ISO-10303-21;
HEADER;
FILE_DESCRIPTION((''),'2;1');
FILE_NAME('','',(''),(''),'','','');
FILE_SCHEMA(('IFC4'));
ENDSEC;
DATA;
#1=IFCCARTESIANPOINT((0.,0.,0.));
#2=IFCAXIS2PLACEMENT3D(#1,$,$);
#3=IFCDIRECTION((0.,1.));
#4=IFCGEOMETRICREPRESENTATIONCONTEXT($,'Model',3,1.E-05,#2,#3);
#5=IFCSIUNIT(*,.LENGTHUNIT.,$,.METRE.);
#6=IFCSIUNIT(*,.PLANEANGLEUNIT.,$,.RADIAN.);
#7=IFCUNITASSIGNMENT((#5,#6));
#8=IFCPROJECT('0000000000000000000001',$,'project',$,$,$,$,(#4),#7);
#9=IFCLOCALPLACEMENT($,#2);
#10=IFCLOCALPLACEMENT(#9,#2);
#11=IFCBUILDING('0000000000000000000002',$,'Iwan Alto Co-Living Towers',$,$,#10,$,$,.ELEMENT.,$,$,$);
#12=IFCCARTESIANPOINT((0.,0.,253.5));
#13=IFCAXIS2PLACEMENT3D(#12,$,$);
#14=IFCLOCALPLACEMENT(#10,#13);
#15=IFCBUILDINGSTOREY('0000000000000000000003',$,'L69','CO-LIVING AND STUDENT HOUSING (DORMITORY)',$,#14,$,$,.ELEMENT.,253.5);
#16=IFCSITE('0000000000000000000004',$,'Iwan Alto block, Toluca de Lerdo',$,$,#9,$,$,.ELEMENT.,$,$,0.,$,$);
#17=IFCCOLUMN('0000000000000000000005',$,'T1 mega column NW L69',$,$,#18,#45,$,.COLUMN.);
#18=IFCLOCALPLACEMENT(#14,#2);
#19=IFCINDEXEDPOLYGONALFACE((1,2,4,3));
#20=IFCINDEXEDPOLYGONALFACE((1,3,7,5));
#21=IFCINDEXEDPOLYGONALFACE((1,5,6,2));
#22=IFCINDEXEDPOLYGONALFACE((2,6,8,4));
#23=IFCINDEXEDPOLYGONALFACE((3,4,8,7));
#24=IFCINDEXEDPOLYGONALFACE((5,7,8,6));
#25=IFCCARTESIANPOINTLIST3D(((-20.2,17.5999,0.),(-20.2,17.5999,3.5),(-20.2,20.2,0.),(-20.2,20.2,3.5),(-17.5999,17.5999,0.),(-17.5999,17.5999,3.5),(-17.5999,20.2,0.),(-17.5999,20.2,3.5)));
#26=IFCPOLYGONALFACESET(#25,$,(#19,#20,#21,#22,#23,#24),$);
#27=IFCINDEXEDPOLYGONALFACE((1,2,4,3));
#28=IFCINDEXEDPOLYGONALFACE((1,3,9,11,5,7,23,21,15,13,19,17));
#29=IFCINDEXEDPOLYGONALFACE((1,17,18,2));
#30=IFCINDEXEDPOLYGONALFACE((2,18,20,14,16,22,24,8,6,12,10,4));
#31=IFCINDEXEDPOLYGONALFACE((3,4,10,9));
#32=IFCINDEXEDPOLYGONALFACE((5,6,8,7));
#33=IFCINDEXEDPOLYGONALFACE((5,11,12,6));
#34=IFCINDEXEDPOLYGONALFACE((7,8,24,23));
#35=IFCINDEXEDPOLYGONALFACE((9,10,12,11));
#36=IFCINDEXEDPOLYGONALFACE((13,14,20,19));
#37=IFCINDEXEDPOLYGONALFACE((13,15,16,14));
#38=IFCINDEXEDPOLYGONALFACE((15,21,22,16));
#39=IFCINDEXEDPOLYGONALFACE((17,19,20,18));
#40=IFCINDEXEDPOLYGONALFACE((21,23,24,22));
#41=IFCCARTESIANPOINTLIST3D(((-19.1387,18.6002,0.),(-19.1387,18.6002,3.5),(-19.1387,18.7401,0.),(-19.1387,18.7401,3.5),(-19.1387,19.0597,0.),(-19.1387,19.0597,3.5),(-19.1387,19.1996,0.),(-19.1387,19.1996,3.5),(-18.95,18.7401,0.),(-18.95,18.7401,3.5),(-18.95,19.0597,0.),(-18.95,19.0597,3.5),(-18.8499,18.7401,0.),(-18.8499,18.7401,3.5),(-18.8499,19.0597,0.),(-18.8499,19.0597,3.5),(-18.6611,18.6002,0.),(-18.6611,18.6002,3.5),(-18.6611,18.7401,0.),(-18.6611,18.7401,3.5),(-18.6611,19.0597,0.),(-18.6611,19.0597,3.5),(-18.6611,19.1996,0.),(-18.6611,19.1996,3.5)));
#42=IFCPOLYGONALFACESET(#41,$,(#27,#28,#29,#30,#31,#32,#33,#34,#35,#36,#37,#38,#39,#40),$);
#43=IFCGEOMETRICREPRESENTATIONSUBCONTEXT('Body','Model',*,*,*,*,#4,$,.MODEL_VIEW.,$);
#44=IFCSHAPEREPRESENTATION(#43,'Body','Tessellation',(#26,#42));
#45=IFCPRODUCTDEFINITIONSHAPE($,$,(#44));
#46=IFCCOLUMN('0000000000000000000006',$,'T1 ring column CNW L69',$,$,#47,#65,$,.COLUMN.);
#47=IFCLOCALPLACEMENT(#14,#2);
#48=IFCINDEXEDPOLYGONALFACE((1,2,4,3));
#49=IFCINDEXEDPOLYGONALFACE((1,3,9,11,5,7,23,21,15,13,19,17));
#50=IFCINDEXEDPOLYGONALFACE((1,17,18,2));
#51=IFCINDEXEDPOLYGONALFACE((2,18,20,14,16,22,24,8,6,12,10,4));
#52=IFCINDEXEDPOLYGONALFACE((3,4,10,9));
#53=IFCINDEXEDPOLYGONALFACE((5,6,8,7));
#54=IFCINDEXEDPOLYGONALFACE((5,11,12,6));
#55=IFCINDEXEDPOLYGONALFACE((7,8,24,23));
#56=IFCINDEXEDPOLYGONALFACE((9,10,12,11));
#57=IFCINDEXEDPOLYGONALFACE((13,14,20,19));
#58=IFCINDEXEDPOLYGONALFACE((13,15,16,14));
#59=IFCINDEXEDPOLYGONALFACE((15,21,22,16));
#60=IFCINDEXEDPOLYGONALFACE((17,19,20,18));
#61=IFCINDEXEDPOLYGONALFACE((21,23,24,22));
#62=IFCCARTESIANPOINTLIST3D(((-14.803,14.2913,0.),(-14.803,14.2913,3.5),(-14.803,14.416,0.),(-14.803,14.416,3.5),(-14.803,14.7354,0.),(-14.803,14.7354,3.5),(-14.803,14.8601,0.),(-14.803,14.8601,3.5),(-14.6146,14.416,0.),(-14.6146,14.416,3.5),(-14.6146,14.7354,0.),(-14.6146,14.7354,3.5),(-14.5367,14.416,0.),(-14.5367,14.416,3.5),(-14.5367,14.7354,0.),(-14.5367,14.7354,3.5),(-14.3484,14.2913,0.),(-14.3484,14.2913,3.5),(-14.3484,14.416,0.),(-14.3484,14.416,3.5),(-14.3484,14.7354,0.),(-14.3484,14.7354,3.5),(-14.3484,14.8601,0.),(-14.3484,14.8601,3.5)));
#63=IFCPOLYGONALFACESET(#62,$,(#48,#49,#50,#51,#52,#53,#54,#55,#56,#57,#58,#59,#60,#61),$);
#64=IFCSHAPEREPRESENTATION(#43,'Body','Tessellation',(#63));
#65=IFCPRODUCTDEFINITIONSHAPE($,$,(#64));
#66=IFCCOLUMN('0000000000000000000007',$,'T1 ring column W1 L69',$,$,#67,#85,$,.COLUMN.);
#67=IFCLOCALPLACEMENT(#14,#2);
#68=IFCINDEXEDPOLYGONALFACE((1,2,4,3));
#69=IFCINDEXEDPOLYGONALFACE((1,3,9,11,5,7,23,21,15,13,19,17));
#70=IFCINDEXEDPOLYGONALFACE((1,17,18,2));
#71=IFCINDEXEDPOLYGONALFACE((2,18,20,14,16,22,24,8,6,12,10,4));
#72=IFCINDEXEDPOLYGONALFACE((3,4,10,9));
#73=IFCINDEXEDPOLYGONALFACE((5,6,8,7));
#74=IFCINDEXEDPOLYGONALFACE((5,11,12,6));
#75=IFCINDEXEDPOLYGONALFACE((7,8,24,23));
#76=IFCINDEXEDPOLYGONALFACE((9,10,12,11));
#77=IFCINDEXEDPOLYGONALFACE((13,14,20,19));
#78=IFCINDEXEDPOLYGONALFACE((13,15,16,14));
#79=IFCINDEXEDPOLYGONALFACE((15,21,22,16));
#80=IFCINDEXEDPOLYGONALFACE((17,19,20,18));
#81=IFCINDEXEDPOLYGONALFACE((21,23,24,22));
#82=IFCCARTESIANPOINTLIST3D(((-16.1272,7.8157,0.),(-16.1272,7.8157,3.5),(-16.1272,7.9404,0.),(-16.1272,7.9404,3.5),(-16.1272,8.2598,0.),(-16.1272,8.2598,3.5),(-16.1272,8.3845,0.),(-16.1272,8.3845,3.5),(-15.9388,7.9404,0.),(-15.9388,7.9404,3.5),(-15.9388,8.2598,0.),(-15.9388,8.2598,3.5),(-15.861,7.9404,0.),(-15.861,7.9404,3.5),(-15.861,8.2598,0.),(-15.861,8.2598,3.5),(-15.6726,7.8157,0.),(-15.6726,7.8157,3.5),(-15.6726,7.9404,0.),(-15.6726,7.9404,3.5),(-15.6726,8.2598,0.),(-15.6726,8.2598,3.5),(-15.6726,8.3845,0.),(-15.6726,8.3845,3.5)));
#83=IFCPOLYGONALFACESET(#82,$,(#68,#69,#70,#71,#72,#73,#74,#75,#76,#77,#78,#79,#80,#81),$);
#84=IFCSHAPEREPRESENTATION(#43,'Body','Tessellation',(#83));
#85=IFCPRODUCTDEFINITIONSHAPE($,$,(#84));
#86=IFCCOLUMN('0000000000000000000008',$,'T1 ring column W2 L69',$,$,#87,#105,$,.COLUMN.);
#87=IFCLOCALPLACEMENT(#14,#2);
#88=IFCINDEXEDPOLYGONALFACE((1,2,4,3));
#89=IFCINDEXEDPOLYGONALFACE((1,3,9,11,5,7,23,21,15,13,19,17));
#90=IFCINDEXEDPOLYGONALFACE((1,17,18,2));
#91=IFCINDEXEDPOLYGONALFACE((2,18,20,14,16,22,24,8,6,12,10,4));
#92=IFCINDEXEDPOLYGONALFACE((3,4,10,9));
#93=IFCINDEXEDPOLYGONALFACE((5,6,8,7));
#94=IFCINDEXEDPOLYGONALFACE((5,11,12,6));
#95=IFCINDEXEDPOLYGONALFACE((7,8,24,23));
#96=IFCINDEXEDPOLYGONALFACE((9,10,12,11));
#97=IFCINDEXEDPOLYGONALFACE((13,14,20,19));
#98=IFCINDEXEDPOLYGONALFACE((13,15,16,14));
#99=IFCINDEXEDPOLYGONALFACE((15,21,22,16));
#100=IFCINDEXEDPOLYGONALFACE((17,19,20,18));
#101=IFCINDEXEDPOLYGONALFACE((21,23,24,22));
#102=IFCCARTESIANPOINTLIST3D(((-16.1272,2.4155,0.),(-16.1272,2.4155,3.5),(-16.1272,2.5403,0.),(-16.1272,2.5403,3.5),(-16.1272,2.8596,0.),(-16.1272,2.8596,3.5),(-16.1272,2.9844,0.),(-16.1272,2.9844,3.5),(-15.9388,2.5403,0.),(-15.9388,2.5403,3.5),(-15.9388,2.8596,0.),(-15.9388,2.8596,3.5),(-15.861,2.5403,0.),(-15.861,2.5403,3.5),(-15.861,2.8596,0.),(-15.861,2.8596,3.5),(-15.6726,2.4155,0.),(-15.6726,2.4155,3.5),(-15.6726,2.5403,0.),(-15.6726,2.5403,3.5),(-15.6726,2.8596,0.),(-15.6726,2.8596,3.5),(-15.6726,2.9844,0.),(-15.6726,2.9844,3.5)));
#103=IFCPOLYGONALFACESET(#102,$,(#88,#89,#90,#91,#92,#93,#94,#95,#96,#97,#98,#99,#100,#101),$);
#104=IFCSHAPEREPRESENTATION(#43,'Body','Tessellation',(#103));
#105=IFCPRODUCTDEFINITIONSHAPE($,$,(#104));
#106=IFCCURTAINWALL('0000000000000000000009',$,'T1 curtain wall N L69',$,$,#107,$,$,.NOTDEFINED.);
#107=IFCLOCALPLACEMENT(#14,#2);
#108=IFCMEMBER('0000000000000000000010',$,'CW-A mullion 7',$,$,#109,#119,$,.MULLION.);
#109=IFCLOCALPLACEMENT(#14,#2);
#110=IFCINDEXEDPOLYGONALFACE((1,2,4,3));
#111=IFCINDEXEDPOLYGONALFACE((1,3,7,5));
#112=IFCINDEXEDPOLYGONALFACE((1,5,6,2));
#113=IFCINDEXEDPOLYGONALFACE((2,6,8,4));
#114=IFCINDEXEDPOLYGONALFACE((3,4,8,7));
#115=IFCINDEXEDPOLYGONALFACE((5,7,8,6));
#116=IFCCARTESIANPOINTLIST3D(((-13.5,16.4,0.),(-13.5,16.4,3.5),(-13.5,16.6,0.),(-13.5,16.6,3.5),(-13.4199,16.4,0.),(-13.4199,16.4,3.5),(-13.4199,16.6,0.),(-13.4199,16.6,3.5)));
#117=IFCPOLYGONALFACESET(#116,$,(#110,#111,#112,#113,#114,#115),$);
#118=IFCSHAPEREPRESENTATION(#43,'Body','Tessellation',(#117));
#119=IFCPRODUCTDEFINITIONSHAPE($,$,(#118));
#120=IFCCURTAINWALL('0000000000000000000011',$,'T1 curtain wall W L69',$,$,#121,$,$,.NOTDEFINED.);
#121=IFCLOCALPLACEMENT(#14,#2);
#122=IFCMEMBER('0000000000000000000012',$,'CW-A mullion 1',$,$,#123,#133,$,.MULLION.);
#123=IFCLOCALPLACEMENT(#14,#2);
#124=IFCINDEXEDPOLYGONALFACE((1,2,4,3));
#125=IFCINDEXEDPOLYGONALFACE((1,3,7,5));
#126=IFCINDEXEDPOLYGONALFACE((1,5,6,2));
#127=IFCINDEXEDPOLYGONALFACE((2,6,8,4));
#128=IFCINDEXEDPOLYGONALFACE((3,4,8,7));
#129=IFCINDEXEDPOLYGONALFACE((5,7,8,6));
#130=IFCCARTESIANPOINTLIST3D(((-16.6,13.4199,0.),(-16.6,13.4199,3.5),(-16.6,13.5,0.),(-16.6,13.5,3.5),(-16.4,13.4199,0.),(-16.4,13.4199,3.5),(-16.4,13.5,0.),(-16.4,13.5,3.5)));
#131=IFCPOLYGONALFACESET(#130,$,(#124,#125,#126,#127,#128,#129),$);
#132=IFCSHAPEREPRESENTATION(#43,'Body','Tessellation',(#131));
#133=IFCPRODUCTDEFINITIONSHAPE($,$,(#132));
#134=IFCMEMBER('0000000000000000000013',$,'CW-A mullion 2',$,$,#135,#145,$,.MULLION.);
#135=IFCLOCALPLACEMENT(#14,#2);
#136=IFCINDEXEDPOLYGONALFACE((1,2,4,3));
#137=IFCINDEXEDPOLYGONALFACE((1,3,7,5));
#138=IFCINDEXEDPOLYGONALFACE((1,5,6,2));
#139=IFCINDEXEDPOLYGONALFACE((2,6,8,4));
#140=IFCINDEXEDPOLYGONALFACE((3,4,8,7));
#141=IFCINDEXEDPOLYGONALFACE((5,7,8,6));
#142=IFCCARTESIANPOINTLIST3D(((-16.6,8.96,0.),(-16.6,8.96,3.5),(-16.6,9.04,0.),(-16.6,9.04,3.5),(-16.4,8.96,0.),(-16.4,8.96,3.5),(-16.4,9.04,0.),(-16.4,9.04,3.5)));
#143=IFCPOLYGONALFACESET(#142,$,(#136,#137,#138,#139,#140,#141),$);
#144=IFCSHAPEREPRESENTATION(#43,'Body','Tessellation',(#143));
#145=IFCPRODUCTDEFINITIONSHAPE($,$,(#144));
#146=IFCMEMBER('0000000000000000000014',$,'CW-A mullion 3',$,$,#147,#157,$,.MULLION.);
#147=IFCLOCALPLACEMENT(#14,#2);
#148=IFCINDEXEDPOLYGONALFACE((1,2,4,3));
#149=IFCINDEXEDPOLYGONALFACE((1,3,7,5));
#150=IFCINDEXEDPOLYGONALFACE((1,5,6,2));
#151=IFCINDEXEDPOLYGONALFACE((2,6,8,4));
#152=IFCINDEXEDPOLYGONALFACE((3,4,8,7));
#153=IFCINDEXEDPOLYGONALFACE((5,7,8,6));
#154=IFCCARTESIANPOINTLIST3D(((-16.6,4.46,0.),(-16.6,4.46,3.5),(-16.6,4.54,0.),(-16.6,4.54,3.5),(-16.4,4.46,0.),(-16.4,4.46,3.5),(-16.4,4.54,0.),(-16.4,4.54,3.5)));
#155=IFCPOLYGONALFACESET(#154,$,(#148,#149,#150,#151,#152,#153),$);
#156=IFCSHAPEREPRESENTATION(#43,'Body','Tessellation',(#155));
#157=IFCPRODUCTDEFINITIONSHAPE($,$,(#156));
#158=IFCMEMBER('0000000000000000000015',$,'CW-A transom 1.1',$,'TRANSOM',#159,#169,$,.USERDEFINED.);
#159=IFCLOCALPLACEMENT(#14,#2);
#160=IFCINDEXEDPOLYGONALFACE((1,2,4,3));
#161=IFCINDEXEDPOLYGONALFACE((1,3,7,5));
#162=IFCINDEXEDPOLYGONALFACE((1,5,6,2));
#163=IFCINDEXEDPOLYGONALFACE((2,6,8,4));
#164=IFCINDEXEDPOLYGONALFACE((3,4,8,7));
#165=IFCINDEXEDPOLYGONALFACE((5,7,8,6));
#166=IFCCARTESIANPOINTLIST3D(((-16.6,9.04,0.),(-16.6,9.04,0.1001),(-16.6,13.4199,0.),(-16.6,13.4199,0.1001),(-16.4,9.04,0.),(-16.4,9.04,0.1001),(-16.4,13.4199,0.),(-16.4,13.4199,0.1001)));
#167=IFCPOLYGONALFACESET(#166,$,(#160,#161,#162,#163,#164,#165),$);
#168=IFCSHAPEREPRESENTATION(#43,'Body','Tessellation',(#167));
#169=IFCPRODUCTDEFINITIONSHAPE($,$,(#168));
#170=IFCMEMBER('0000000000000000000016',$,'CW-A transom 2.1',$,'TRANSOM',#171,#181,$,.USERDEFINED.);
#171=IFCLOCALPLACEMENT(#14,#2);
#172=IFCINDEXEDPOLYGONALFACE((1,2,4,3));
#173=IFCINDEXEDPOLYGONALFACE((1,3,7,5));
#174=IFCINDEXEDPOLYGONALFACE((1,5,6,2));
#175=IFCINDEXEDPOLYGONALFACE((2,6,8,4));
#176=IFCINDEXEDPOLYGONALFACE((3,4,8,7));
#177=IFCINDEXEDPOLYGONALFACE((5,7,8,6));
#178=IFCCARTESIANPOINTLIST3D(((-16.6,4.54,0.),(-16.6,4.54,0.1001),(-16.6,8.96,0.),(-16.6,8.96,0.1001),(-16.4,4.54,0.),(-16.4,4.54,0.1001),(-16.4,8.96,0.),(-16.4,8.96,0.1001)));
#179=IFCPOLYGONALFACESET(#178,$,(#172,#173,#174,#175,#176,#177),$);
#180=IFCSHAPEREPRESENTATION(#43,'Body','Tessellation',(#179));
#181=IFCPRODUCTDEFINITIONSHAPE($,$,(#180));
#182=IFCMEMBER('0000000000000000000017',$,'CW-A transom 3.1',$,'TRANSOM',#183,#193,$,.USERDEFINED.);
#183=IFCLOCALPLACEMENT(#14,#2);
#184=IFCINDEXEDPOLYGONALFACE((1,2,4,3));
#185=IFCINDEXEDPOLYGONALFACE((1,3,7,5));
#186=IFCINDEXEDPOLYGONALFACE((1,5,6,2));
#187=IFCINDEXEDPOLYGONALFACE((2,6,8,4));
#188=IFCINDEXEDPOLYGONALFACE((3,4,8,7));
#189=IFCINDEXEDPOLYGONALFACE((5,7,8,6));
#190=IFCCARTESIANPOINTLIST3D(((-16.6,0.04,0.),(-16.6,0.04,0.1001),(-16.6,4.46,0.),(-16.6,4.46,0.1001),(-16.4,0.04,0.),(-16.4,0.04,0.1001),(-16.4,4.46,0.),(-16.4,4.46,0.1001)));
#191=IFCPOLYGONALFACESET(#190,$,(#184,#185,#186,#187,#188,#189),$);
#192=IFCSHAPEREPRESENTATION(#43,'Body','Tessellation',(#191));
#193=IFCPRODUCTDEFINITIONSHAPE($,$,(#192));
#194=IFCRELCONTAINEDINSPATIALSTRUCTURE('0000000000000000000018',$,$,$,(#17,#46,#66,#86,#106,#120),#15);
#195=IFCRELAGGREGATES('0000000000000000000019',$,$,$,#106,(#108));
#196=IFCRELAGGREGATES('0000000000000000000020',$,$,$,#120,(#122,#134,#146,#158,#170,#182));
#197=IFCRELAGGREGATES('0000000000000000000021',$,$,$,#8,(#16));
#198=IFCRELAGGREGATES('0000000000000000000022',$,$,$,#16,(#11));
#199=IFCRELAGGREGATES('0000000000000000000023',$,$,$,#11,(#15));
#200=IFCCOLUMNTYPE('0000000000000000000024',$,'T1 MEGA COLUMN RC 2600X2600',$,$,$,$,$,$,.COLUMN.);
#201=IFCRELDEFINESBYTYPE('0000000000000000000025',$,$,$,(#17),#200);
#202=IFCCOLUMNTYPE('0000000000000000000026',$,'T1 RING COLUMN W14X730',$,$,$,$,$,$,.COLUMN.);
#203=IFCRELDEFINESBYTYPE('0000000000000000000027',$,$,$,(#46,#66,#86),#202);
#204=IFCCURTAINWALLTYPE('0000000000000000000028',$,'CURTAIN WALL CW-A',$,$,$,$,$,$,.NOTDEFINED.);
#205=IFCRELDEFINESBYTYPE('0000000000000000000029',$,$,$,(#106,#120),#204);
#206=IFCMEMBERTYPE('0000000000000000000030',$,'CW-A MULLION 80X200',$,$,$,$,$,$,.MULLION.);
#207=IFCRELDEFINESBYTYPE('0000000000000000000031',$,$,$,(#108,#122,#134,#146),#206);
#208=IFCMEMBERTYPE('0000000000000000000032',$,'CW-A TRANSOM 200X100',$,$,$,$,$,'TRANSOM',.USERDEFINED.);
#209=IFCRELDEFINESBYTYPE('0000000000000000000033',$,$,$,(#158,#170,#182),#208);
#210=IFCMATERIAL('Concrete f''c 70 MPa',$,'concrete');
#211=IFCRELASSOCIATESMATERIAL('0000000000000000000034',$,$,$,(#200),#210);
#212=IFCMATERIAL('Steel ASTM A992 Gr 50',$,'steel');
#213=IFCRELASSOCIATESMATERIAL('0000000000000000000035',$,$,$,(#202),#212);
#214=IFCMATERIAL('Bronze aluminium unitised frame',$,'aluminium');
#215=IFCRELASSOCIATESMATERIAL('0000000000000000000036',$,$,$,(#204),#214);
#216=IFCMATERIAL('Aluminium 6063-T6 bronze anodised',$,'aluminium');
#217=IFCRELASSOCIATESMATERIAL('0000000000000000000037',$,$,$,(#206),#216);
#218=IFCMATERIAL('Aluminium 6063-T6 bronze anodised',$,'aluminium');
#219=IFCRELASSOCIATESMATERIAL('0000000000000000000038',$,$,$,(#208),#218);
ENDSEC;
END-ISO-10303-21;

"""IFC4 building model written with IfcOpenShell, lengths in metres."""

from ifc_helpers import new_model, si_unit, direction, frame, origin, origin_2d, place, context, subcontext, project, spatial, rectangle, i_section, extrude, material, material_profile, profile_set, type_object, element, aggregate, save


model = new_model("IFC4")

# Units and contexts
model_context = context("Model", 3, precision=1e-05, world=origin(), true_north=direction((0.0, 1.0)))
body_context = subcontext(model_context, "Body", "Model", "MODEL_VIEW")
ifc_project = project(units=[si_unit("LENGTHUNIT", "METRE"), si_unit("PLANEANGLEUNIT", "RADIAN")], contexts=[model_context])

# Site, building, storey
site_placement = place(None, origin())
site = spatial("IfcSite", under=ifc_project, at=site_placement, Name="Iwan Alto block, Toluca de Lerdo", CompositionType="ELEMENT", RefElevation=0.0)
building_placement = place(site_placement, origin())
building = spatial("IfcBuilding", under=site, at=building_placement, Name="Iwan Alto Co-Living Towers", CompositionType="ELEMENT")
storey_placement = place(building_placement, frame((0.0, 0.0, 253.5)))
storey = spatial("IfcBuildingStorey", under=building, at=storey_placement, Name="L69", Description="CO-LIVING AND STUDENT HOUSING (DORMITORY)", CompositionType="ELEMENT", Elevation=253.5)

# Columns
ifc_material_1 = material(Name="Concrete f'c 70 MPa", Category="concrete")
ifc_material_profile_1 = material_profile(ifc_material_1, rectangle(XDim=2.6001, YDim=2.6001, at=origin_2d()), Name="RC 2600X2600")
ifc_profile_set_1 = profile_set([ifc_material_profile_1], Name="Concrete f'c 70 MPa")
column_type_1 = type_object("IfcColumnType", Name="T1 MEGA COLUMN RC 2600X2600", PredefinedType="COLUMN", material=ifc_profile_set_1)
column_placement = place(storey_placement, frame((-18.8999, 18.8999, 0.0), z_axis=(0.0, 0.0, 1.0), x_axis=(1.0, 0.0, 0.0)))
element("IfcColumn", 1, at=column_placement, inside=storey, type_object=column_type_1, Name="T1 mega column NW L69", PredefinedType="COLUMN", context=body_context, shape_type="SweptSolid", body=[
    extrude(rectangle(XDim=2.6001, YDim=2.6001, at=origin_2d()), origin(), (0.0, 0.0, 1.0), 3.5),
    extrude(i_section(OverallWidth=0.4775, OverallDepth=0.5994, WebThickness=0.1001, FlangeThickness=0.1399, at=origin_2d()), origin(), (0.0, 0.0, 1.0), 3.5),
])
ifc_material_2 = material(Name="Steel ASTM A992 Gr 50", Category="steel")
ifc_material_profile_2 = material_profile(ifc_material_2, i_section(OverallWidth=0.4546, OverallDepth=0.5688, WebThickness=0.0779, FlangeThickness=0.1248, at=origin_2d()), Name="W14X730")
ifc_profile_set_2 = profile_set([ifc_material_profile_2], Name="Steel ASTM A992 Gr 50")
column_type_2 = type_object("IfcColumnType", Name="T1 RING COLUMN W14X730", PredefinedType="COLUMN", material=ifc_profile_set_2)
for number, where, z_axis, x_axis, name in (
    (2, (-14.5757, 14.5757, 0.0), (0.0, 0.0, 1.0), (1.0, 0.0, 0.0), "T1 ring column CNW L69"),
    (3, (-15.8999, 8.1001, 0.0), (0.0, 0.0, 1.0), (1.0, 0.0, 0.0), "T1 ring column W1 L69"),
    (4, (-15.8999, 2.7, 0.0), (0.0, 0.0, 1.0), (1.0, 0.0, 0.0), "T1 ring column W2 L69"),
):
    element("IfcColumn", number, at=place(storey_placement, frame(where, z_axis=z_axis, x_axis=x_axis)), inside=storey, type_object=column_type_2, Name=name, PredefinedType="COLUMN", context=body_context, shape_type="SweptSolid", body=[
        extrude(i_section(OverallWidth=0.4546, OverallDepth=0.5688, WebThickness=0.0779, FlangeThickness=0.1248, at=origin_2d()), origin(), (0.0, 0.0, 1.0), 3.5),
    ])

# Curtain wall, member
ifc_material_3 = material(Name="Bronze aluminium unitised frame", Category="aluminium")
curtain_wall_type_1 = type_object("IfcCurtainWallType", Name="CURTAIN WALL CW-A", PredefinedType="NOTDEFINED", material=ifc_material_3)
curtain_wall_1_placement = place(storey_placement, origin())
curtain_wall_1 = element("IfcCurtainWall", 5, at=curtain_wall_1_placement, inside=storey, type_object=curtain_wall_type_1, Name="T1 curtain wall N L69", PredefinedType="NOTDEFINED")
ifc_material_4 = material(Name="Aluminium 6063-T6 bronze anodised", Category="aluminium")
ifc_material_profile_3 = material_profile(ifc_material_4, rectangle(XDim=0.2, YDim=0.0801, at=origin_2d()), Name="AL 80X200")
ifc_profile_set_3 = profile_set([ifc_material_profile_3], Name="Aluminium 6063-T6 bronze anodised")
member_type_1 = type_object("IfcMemberType", Name="CW-A MULLION 80X200", PredefinedType="MULLION", material=ifc_profile_set_3)
member_1_placement = place(storey_placement, frame((-13.46, 16.5, 0.0), z_axis=(0.0, 0.0, 1.0), x_axis=(0.0, -1.0, 0.0)))
member_1 = element("IfcMember", 6, at=member_1_placement, type_object=member_type_1, Name="CW-A mullion 7", PredefinedType="MULLION", context=body_context, shape_type="SweptSolid", body=[
    extrude(rectangle(XDim=0.2, YDim=0.0801, at=origin_2d()), origin(), (0.0, 0.0, 1.0), 3.5),
])
aggregate(curtain_wall_1, [member_1])

# Curtain wall, members
curtain_wall_2_placement = place(storey_placement, origin())
curtain_wall_2 = element("IfcCurtainWall", 7, at=curtain_wall_2_placement, inside=storey, type_object=curtain_wall_type_1, Name="T1 curtain wall W L69", PredefinedType="NOTDEFINED")
member_2_placement = place(storey_placement, frame((-16.5, 13.46, 0.0), z_axis=(0.0, 0.0, 1.0), x_axis=(1.0, 0.0, 0.0)))
member_2 = element("IfcMember", 8, at=member_2_placement, type_object=member_type_1, Name="CW-A mullion 1", PredefinedType="MULLION", context=body_context, shape_type="SweptSolid", body=[
    extrude(rectangle(XDim=0.2, YDim=0.0801, at=origin_2d()), origin(), (0.0, 0.0, 1.0), 3.5),
])
member_3_placement = place(storey_placement, frame((-16.5, 9.0, 0.0), z_axis=(0.0, 0.0, 1.0), x_axis=(1.0, 0.0, 0.0)))
member_3 = element("IfcMember", 9, at=member_3_placement, type_object=member_type_1, Name="CW-A mullion 2", PredefinedType="MULLION", context=body_context, shape_type="SweptSolid", body=[
    extrude(rectangle(XDim=0.2, YDim=0.0801, at=origin_2d()), origin(), (0.0, 0.0, 1.0), 3.5),
])
member_4_placement = place(storey_placement, frame((-16.5, 4.5, 0.0), z_axis=(0.0, 0.0, 1.0), x_axis=(1.0, 0.0, 0.0)))
member_4 = element("IfcMember", 10, at=member_4_placement, type_object=member_type_1, Name="CW-A mullion 3", PredefinedType="MULLION", context=body_context, shape_type="SweptSolid", body=[
    extrude(rectangle(XDim=0.2, YDim=0.0801, at=origin_2d()), origin(), (0.0, 0.0, 1.0), 3.5),
])
ifc_material_5 = material(Name="Aluminium 6063-T6 bronze anodised", Category="aluminium")
ifc_material_profile_4 = material_profile(ifc_material_5, rectangle(XDim=0.2, YDim=0.1001, at=origin_2d()), Name="AL 200X100")
ifc_profile_set_4 = profile_set([ifc_material_profile_4], Name="Aluminium 6063-T6 bronze anodised")
member_type_2 = type_object("IfcMemberType", Name="CW-A TRANSOM 200X100", ElementType="TRANSOM", PredefinedType="USERDEFINED", material=ifc_profile_set_4)
member_5_placement = place(storey_placement, frame((-16.5, 13.4199, 0.05), z_axis=(0.0, -1.0, 0.0), x_axis=(1.0, 0.0, 0.0)))
member_5 = element("IfcMember", 11, at=member_5_placement, type_object=member_type_2, Name="CW-A transom 1.1", ObjectType="TRANSOM", PredefinedType="USERDEFINED", context=body_context, shape_type="SweptSolid", body=[
    extrude(rectangle(XDim=0.2, YDim=0.1001, at=origin_2d()), origin(), (0.0, 0.0, 1.0), 4.3799),
])
member_6_placement = place(storey_placement, frame((-16.5, 8.96, 0.05), z_axis=(0.0, -1.0, 0.0), x_axis=(1.0, 0.0, 0.0)))
member_6 = element("IfcMember", 12, at=member_6_placement, type_object=member_type_2, Name="CW-A transom 2.1", ObjectType="TRANSOM", PredefinedType="USERDEFINED", context=body_context, shape_type="SweptSolid", body=[
    extrude(rectangle(XDim=0.2, YDim=0.1001, at=origin_2d()), origin(), (0.0, 0.0, 1.0), 4.4199),
])
member_7_placement = place(storey_placement, frame((-16.5, 4.46, 0.05), z_axis=(0.0, -1.0, 0.0), x_axis=(1.0, 0.0, 0.0)))
member_7 = element("IfcMember", 13, at=member_7_placement, type_object=member_type_2, Name="CW-A transom 3.1", ObjectType="TRANSOM", PredefinedType="USERDEFINED", context=body_context, shape_type="SweptSolid", body=[
    extrude(rectangle(XDim=0.2, YDim=0.1001, at=origin_2d()), origin(), (0.0, 0.0, 1.0), 4.4199),
])

aggregate(curtain_wall_2, [member_2, member_3, member_4, member_5, member_6, member_7])

save(model, "model.ifc")
